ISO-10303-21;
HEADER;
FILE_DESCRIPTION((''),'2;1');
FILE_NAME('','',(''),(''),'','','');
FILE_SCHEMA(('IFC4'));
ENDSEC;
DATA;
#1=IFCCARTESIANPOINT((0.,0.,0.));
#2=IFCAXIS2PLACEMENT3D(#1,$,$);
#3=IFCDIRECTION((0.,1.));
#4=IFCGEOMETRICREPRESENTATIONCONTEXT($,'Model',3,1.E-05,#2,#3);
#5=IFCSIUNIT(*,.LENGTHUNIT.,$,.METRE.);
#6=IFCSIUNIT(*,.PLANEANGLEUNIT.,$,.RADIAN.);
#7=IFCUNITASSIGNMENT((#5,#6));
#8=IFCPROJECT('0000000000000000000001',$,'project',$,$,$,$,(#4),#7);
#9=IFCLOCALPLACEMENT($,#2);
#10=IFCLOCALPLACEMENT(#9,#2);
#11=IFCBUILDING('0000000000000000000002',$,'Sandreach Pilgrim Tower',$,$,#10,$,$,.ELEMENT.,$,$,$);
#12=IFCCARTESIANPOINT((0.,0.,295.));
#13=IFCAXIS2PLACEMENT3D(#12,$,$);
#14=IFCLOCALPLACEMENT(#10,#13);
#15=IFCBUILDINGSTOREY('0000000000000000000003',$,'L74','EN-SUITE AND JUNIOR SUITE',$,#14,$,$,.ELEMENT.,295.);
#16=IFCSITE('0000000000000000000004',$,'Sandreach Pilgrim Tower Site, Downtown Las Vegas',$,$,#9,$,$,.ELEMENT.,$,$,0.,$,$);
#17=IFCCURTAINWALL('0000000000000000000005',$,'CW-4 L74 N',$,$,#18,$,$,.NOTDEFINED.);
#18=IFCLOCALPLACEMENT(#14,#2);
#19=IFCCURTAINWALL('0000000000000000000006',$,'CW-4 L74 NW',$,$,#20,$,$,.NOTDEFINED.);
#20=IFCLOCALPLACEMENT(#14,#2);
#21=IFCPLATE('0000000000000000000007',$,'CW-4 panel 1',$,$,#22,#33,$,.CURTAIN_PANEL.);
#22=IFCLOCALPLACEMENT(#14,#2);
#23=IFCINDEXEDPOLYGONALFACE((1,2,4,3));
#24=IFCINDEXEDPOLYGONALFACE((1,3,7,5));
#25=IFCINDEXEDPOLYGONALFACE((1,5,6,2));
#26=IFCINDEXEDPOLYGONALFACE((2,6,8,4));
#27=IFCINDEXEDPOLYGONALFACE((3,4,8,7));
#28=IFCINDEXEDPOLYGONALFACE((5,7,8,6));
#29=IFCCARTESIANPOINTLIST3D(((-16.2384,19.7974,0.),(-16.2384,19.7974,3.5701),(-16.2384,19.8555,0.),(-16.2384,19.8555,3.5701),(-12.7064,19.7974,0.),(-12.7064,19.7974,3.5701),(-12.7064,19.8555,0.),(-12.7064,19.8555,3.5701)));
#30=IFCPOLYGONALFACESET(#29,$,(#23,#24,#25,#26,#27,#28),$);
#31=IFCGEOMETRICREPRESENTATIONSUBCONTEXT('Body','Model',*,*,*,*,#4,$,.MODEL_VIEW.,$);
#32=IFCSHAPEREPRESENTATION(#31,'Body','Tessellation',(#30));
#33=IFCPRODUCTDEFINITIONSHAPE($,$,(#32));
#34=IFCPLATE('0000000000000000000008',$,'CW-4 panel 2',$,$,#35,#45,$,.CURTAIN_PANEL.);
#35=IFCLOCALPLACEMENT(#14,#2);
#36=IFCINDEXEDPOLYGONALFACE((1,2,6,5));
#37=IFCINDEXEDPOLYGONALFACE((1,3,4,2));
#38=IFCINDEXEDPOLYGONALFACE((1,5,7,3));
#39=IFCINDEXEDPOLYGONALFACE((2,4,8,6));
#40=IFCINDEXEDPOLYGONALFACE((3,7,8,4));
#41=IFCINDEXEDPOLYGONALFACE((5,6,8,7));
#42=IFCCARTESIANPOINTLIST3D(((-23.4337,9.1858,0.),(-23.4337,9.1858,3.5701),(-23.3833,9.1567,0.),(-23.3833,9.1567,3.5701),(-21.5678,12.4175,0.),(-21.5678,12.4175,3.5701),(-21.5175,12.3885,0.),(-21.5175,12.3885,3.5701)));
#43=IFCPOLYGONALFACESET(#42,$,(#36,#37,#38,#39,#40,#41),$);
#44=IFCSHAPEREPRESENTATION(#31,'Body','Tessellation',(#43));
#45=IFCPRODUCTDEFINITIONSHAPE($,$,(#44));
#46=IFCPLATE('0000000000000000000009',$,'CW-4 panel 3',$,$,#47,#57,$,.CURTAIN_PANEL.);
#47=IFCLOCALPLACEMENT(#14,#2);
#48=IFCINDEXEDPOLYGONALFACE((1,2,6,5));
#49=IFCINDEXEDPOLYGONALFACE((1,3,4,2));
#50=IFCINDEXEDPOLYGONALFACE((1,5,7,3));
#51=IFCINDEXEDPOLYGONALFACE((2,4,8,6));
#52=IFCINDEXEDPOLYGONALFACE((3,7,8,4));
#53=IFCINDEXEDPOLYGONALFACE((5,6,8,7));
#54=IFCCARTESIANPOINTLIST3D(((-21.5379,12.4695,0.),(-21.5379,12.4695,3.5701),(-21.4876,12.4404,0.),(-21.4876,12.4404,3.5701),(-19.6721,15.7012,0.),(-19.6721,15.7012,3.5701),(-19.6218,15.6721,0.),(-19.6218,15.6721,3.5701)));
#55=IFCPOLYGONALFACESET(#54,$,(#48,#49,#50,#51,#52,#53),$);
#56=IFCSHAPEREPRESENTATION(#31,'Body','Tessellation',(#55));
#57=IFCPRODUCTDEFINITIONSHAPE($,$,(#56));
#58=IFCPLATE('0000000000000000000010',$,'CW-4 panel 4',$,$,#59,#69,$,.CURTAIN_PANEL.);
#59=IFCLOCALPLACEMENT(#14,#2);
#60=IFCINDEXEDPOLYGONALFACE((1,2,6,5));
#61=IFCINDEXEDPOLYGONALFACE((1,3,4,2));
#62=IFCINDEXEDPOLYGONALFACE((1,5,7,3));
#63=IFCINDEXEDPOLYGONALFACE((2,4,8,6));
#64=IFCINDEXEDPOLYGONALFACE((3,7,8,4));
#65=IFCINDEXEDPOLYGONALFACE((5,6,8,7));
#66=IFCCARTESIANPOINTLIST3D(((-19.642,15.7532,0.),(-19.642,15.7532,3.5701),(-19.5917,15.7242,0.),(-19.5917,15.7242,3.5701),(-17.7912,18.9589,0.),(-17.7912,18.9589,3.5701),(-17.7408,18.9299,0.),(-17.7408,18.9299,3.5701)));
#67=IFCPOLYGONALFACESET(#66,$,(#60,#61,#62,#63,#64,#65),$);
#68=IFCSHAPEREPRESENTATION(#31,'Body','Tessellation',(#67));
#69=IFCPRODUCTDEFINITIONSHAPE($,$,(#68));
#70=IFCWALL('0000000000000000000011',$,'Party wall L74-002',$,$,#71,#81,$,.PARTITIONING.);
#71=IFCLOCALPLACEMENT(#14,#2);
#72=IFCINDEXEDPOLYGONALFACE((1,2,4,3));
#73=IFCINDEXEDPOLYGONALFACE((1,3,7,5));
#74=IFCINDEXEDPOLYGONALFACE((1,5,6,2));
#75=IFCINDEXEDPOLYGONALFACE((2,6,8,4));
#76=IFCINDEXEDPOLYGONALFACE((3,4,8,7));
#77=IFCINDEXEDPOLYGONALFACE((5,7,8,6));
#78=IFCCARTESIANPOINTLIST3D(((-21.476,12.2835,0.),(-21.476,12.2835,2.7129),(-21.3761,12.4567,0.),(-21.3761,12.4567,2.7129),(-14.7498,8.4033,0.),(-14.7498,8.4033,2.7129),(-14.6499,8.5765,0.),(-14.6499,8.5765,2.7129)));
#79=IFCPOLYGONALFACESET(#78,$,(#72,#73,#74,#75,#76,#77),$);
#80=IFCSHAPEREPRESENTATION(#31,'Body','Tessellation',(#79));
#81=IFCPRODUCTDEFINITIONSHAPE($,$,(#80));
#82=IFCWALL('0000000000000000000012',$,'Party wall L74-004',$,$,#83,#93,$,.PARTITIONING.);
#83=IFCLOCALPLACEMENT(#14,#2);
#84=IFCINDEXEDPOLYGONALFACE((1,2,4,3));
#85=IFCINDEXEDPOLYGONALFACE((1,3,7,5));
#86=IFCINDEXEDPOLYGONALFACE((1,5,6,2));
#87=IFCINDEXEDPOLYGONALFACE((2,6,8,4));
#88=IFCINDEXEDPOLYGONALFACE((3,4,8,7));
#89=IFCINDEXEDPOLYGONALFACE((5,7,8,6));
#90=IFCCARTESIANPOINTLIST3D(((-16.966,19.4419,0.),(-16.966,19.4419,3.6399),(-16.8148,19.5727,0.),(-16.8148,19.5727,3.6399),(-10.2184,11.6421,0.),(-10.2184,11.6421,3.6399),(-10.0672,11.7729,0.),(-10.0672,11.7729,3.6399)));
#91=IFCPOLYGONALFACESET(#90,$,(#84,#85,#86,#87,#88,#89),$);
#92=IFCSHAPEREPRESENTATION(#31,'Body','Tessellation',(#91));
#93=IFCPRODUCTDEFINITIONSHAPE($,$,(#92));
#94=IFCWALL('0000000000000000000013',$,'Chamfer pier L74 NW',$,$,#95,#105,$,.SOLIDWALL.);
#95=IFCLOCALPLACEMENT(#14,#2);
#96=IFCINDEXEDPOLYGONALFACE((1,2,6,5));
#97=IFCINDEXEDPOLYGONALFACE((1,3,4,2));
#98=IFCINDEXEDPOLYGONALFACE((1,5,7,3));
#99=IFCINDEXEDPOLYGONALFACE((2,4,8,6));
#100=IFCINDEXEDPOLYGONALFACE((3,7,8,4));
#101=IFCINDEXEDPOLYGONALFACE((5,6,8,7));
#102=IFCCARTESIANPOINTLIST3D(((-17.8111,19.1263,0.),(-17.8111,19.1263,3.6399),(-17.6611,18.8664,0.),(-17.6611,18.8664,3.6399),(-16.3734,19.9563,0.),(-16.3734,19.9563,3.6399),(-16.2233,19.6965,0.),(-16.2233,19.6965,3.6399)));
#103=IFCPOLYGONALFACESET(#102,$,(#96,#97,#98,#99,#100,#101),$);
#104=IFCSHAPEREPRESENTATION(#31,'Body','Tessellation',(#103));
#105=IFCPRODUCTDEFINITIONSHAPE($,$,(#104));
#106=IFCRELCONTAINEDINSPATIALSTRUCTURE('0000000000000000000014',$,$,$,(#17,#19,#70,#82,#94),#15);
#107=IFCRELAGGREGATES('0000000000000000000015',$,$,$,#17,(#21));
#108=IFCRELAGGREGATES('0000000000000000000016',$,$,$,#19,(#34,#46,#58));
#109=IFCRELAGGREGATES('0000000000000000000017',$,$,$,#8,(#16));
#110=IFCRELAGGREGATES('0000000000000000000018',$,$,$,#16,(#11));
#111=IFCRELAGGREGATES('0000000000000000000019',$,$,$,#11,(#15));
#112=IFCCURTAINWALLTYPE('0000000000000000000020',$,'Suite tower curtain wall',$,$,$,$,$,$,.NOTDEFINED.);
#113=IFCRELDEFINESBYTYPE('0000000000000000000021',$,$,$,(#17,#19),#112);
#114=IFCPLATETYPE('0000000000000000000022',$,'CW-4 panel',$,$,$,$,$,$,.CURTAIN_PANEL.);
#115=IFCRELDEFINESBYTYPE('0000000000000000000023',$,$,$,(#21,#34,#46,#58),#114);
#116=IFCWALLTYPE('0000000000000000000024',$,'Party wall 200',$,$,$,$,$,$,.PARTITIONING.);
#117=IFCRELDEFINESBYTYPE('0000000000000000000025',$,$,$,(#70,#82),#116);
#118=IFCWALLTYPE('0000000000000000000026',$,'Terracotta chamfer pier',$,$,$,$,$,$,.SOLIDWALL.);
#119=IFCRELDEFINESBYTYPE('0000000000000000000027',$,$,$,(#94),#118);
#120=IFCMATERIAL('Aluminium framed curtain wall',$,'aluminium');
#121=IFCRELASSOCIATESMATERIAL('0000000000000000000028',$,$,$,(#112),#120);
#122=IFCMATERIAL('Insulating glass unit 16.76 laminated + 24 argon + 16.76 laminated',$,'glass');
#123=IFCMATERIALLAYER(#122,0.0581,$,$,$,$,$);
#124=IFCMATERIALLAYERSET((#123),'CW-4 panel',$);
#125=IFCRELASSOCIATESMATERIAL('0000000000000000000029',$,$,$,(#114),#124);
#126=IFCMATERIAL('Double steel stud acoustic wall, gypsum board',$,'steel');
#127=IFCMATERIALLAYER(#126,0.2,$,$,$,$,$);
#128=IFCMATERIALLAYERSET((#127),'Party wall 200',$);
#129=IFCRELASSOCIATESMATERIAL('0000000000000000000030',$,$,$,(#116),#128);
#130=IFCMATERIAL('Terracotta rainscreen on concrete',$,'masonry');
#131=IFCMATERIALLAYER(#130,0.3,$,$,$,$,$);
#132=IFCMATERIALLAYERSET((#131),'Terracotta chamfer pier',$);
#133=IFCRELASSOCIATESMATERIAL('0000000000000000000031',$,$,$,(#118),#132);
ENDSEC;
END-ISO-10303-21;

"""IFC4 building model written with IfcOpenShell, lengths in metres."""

from ifc_helpers import new_model, si_unit, direction, frame, frame_2d, origin, origin_2d, place, context, subcontext, project, spatial, rectangle, extrude, material, layer, layer_set, type_object, element, aggregate, save


model = new_model("IFC4")

# Units and contexts
model_context = context("Model", 3, precision=1e-05, world=origin(), true_north=direction((0.0, 1.0)))
body_context = subcontext(model_context, "Body", "Model", "MODEL_VIEW")
ifc_project = project(units=[si_unit("LENGTHUNIT", "METRE"), si_unit("PLANEANGLEUNIT", "RADIAN")], contexts=[model_context])

# Site, building, storey
site_placement = place(None, origin())
site = spatial("IfcSite", under=ifc_project, at=site_placement, Name="Sandreach Pilgrim Tower Site, Downtown Las Vegas", CompositionType="ELEMENT", RefElevation=0.0)
building_placement = place(site_placement, origin())
building = spatial("IfcBuilding", under=site, at=building_placement, Name="Sandreach Pilgrim Tower", CompositionType="ELEMENT")
storey_placement = place(building_placement, frame((0.0, 0.0, 295.0)))
storey = spatial("IfcBuildingStorey", under=building, at=storey_placement, Name="L74", Description="EN-SUITE AND JUNIOR SUITE", CompositionType="ELEMENT", Elevation=295.0)

# Curtain wall
ifc_material_1 = material(Name="Aluminium framed curtain wall", Category="aluminium")
curtain_wall_type = type_object("IfcCurtainWallType", Name="Suite tower curtain wall", PredefinedType="NOTDEFINED", material=ifc_material_1)
curtain_wall_1_placement = place(storey_placement, origin())
curtain_wall_1 = element("IfcCurtainWall", 1, at=curtain_wall_1_placement, inside=storey, type_object=curtain_wall_type, Name="CW-4 L74 N", PredefinedType="NOTDEFINED")

# Curtain wall
curtain_wall_2_placement = place(storey_placement, origin())
curtain_wall_2 = element("IfcCurtainWall", 2, at=curtain_wall_2_placement, inside=storey, type_object=curtain_wall_type, Name="CW-4 L74 NW", PredefinedType="NOTDEFINED")

# Plates
ifc_material_2 = material(Name="Insulating glass unit 16.76 laminated + 24 argon + 16.76 laminated", Category="glass")
ifc_layer_1 = layer(ifc_material_2, 0.0581)
ifc_layer_set_1 = layer_set([ifc_layer_1], Name="CW-4 panel")
plate_type = type_object("IfcPlateType", Name="CW-4 panel", PredefinedType="CURTAIN_PANEL", material=ifc_layer_set_1)
plate_1_placement = place(storey_placement, frame((-14.4724, 19.8264, 0.0), z_axis=(0.0, 0.0, 1.0), x_axis=(1.0, 0.0, 0.0)))
plate_1 = element("IfcPlate", 3, at=plate_1_placement, type_object=plate_type, Name="CW-4 panel 1", PredefinedType="CURTAIN_PANEL", context=body_context, shape_type="SweptSolid", body=[
    extrude(rectangle(XDim=3.532, YDim=0.0581, at=origin_2d()), origin(), (0.0, 0.0, 1.0), 3.5701),
])
aggregate(curtain_wall_1, [plate_1])
plate_2_placement = place(storey_placement, frame((-22.4756, 10.7871, 0.0), z_axis=(0.0, 0.0, 1.0), x_axis=(0.5, 0.866025, 0.0)))
plate_2 = element("IfcPlate", 4, at=plate_2_placement, type_object=plate_type, Name="CW-4 panel 2", PredefinedType="CURTAIN_PANEL", context=body_context, shape_type="SweptSolid", body=[
    extrude(rectangle(XDim=3.7317, YDim=0.0581, at=origin_2d()), origin(), (0.0, 0.0, 1.0), 3.5701),
])
plate_3_placement = place(storey_placement, frame((-20.5798, 14.0708, 0.0), z_axis=(0.0, 0.0, 1.0), x_axis=(0.5, 0.866025, 0.0)))
plate_3 = element("IfcPlate", 5, at=plate_3_placement, type_object=plate_type, Name="CW-4 panel 3", PredefinedType="CURTAIN_PANEL", context=body_context, shape_type="SweptSolid", body=[
    extrude(rectangle(XDim=3.7317, YDim=0.0581, at=origin_2d()), origin(), (0.0, 0.0, 1.0), 3.5701),
])
plate_4_placement = place(storey_placement, frame((-18.6914, 17.3416, 0.0), z_axis=(0.0, 0.0, 1.0), x_axis=(0.5, 0.866025, 0.0)))
plate_4 = element("IfcPlate", 6, at=plate_4_placement, type_object=plate_type, Name="CW-4 panel 4", PredefinedType="CURTAIN_PANEL", context=body_context, shape_type="SweptSolid", body=[
    extrude(rectangle(XDim=3.7017, YDim=0.0581, at=origin_2d()), origin(), (0.0, 0.0, 1.0), 3.5701),
])
aggregate(curtain_wall_2, [plate_2, plate_3, plate_4])

# Walls
ifc_material_3 = material(Name="Double steel stud acoustic wall, gypsum board", Category="steel")
ifc_layer_2 = layer(ifc_material_3, 0.2)
ifc_layer_set_2 = layer_set([ifc_layer_2], Name="Party wall 200")
wall_type_1 = type_object("IfcWallType", Name="Party wall 200", PredefinedType="PARTITIONING", material=ifc_layer_set_2)
wall_1_placement = place(storey_placement, frame((-21.426, 12.3701, 0.0), z_axis=(0.0, 0.0, 1.0), x_axis=(0.866202, -0.499693, 0.0)))
element("IfcWall", 7, at=wall_1_placement, inside=storey, type_object=wall_type_1, Name="Party wall L74-002", PredefinedType="PARTITIONING", context=body_context, shape_type="SweptSolid", body=[
    extrude(rectangle(XDim=7.7651, YDim=0.2, at=frame_2d((3.8826, 0.0))), origin(), (0.0, 0.0, 1.0), 2.7129),
])
wall_2_placement = place(storey_placement, frame((-16.8904, 19.5073, 0.0), z_axis=(0.0, 0.0, 1.0), x_axis=(0.654251, -0.756278, 0.0)))
element("IfcWall", 8, at=wall_2_placement, inside=storey, type_object=wall_type_1, Name="Party wall L74-004", PredefinedType="PARTITIONING", context=body_context, shape_type="SweptSolid", body=[
    extrude(rectangle(XDim=10.3135, YDim=0.2, at=frame_2d((5.1567, 0.0))), origin(), (0.0, 0.0, 1.0), 3.6399),
])
ifc_material_4 = material(Name="Terracotta rainscreen on concrete", Category="masonry")
ifc_layer_3 = layer(ifc_material_4, 0.3)
ifc_layer_set_3 = layer_set([ifc_layer_3], Name="Terracotta chamfer pier")
wall_type_2 = type_object("IfcWallType", Name="Terracotta chamfer pier", PredefinedType="SOLIDWALL", material=ifc_layer_set_3)
wall_3_placement = place(storey_placement, frame((-17.7361, 18.9963, 0.0), z_axis=(0.0, 0.0, 1.0), x_axis=(0.866026, 0.499998, 0.0)))
element("IfcWall", 9, at=wall_3_placement, inside=storey, type_object=wall_type_2, Name="Chamfer pier L74 NW", PredefinedType="SOLIDWALL", context=body_context, shape_type="SweptSolid", body=[
    extrude(rectangle(XDim=1.6602, YDim=0.3, at=frame_2d((0.8301, 0.0))), origin(), (0.0, 0.0, 1.0), 3.6399),
])

save(model, "model.ifc")
